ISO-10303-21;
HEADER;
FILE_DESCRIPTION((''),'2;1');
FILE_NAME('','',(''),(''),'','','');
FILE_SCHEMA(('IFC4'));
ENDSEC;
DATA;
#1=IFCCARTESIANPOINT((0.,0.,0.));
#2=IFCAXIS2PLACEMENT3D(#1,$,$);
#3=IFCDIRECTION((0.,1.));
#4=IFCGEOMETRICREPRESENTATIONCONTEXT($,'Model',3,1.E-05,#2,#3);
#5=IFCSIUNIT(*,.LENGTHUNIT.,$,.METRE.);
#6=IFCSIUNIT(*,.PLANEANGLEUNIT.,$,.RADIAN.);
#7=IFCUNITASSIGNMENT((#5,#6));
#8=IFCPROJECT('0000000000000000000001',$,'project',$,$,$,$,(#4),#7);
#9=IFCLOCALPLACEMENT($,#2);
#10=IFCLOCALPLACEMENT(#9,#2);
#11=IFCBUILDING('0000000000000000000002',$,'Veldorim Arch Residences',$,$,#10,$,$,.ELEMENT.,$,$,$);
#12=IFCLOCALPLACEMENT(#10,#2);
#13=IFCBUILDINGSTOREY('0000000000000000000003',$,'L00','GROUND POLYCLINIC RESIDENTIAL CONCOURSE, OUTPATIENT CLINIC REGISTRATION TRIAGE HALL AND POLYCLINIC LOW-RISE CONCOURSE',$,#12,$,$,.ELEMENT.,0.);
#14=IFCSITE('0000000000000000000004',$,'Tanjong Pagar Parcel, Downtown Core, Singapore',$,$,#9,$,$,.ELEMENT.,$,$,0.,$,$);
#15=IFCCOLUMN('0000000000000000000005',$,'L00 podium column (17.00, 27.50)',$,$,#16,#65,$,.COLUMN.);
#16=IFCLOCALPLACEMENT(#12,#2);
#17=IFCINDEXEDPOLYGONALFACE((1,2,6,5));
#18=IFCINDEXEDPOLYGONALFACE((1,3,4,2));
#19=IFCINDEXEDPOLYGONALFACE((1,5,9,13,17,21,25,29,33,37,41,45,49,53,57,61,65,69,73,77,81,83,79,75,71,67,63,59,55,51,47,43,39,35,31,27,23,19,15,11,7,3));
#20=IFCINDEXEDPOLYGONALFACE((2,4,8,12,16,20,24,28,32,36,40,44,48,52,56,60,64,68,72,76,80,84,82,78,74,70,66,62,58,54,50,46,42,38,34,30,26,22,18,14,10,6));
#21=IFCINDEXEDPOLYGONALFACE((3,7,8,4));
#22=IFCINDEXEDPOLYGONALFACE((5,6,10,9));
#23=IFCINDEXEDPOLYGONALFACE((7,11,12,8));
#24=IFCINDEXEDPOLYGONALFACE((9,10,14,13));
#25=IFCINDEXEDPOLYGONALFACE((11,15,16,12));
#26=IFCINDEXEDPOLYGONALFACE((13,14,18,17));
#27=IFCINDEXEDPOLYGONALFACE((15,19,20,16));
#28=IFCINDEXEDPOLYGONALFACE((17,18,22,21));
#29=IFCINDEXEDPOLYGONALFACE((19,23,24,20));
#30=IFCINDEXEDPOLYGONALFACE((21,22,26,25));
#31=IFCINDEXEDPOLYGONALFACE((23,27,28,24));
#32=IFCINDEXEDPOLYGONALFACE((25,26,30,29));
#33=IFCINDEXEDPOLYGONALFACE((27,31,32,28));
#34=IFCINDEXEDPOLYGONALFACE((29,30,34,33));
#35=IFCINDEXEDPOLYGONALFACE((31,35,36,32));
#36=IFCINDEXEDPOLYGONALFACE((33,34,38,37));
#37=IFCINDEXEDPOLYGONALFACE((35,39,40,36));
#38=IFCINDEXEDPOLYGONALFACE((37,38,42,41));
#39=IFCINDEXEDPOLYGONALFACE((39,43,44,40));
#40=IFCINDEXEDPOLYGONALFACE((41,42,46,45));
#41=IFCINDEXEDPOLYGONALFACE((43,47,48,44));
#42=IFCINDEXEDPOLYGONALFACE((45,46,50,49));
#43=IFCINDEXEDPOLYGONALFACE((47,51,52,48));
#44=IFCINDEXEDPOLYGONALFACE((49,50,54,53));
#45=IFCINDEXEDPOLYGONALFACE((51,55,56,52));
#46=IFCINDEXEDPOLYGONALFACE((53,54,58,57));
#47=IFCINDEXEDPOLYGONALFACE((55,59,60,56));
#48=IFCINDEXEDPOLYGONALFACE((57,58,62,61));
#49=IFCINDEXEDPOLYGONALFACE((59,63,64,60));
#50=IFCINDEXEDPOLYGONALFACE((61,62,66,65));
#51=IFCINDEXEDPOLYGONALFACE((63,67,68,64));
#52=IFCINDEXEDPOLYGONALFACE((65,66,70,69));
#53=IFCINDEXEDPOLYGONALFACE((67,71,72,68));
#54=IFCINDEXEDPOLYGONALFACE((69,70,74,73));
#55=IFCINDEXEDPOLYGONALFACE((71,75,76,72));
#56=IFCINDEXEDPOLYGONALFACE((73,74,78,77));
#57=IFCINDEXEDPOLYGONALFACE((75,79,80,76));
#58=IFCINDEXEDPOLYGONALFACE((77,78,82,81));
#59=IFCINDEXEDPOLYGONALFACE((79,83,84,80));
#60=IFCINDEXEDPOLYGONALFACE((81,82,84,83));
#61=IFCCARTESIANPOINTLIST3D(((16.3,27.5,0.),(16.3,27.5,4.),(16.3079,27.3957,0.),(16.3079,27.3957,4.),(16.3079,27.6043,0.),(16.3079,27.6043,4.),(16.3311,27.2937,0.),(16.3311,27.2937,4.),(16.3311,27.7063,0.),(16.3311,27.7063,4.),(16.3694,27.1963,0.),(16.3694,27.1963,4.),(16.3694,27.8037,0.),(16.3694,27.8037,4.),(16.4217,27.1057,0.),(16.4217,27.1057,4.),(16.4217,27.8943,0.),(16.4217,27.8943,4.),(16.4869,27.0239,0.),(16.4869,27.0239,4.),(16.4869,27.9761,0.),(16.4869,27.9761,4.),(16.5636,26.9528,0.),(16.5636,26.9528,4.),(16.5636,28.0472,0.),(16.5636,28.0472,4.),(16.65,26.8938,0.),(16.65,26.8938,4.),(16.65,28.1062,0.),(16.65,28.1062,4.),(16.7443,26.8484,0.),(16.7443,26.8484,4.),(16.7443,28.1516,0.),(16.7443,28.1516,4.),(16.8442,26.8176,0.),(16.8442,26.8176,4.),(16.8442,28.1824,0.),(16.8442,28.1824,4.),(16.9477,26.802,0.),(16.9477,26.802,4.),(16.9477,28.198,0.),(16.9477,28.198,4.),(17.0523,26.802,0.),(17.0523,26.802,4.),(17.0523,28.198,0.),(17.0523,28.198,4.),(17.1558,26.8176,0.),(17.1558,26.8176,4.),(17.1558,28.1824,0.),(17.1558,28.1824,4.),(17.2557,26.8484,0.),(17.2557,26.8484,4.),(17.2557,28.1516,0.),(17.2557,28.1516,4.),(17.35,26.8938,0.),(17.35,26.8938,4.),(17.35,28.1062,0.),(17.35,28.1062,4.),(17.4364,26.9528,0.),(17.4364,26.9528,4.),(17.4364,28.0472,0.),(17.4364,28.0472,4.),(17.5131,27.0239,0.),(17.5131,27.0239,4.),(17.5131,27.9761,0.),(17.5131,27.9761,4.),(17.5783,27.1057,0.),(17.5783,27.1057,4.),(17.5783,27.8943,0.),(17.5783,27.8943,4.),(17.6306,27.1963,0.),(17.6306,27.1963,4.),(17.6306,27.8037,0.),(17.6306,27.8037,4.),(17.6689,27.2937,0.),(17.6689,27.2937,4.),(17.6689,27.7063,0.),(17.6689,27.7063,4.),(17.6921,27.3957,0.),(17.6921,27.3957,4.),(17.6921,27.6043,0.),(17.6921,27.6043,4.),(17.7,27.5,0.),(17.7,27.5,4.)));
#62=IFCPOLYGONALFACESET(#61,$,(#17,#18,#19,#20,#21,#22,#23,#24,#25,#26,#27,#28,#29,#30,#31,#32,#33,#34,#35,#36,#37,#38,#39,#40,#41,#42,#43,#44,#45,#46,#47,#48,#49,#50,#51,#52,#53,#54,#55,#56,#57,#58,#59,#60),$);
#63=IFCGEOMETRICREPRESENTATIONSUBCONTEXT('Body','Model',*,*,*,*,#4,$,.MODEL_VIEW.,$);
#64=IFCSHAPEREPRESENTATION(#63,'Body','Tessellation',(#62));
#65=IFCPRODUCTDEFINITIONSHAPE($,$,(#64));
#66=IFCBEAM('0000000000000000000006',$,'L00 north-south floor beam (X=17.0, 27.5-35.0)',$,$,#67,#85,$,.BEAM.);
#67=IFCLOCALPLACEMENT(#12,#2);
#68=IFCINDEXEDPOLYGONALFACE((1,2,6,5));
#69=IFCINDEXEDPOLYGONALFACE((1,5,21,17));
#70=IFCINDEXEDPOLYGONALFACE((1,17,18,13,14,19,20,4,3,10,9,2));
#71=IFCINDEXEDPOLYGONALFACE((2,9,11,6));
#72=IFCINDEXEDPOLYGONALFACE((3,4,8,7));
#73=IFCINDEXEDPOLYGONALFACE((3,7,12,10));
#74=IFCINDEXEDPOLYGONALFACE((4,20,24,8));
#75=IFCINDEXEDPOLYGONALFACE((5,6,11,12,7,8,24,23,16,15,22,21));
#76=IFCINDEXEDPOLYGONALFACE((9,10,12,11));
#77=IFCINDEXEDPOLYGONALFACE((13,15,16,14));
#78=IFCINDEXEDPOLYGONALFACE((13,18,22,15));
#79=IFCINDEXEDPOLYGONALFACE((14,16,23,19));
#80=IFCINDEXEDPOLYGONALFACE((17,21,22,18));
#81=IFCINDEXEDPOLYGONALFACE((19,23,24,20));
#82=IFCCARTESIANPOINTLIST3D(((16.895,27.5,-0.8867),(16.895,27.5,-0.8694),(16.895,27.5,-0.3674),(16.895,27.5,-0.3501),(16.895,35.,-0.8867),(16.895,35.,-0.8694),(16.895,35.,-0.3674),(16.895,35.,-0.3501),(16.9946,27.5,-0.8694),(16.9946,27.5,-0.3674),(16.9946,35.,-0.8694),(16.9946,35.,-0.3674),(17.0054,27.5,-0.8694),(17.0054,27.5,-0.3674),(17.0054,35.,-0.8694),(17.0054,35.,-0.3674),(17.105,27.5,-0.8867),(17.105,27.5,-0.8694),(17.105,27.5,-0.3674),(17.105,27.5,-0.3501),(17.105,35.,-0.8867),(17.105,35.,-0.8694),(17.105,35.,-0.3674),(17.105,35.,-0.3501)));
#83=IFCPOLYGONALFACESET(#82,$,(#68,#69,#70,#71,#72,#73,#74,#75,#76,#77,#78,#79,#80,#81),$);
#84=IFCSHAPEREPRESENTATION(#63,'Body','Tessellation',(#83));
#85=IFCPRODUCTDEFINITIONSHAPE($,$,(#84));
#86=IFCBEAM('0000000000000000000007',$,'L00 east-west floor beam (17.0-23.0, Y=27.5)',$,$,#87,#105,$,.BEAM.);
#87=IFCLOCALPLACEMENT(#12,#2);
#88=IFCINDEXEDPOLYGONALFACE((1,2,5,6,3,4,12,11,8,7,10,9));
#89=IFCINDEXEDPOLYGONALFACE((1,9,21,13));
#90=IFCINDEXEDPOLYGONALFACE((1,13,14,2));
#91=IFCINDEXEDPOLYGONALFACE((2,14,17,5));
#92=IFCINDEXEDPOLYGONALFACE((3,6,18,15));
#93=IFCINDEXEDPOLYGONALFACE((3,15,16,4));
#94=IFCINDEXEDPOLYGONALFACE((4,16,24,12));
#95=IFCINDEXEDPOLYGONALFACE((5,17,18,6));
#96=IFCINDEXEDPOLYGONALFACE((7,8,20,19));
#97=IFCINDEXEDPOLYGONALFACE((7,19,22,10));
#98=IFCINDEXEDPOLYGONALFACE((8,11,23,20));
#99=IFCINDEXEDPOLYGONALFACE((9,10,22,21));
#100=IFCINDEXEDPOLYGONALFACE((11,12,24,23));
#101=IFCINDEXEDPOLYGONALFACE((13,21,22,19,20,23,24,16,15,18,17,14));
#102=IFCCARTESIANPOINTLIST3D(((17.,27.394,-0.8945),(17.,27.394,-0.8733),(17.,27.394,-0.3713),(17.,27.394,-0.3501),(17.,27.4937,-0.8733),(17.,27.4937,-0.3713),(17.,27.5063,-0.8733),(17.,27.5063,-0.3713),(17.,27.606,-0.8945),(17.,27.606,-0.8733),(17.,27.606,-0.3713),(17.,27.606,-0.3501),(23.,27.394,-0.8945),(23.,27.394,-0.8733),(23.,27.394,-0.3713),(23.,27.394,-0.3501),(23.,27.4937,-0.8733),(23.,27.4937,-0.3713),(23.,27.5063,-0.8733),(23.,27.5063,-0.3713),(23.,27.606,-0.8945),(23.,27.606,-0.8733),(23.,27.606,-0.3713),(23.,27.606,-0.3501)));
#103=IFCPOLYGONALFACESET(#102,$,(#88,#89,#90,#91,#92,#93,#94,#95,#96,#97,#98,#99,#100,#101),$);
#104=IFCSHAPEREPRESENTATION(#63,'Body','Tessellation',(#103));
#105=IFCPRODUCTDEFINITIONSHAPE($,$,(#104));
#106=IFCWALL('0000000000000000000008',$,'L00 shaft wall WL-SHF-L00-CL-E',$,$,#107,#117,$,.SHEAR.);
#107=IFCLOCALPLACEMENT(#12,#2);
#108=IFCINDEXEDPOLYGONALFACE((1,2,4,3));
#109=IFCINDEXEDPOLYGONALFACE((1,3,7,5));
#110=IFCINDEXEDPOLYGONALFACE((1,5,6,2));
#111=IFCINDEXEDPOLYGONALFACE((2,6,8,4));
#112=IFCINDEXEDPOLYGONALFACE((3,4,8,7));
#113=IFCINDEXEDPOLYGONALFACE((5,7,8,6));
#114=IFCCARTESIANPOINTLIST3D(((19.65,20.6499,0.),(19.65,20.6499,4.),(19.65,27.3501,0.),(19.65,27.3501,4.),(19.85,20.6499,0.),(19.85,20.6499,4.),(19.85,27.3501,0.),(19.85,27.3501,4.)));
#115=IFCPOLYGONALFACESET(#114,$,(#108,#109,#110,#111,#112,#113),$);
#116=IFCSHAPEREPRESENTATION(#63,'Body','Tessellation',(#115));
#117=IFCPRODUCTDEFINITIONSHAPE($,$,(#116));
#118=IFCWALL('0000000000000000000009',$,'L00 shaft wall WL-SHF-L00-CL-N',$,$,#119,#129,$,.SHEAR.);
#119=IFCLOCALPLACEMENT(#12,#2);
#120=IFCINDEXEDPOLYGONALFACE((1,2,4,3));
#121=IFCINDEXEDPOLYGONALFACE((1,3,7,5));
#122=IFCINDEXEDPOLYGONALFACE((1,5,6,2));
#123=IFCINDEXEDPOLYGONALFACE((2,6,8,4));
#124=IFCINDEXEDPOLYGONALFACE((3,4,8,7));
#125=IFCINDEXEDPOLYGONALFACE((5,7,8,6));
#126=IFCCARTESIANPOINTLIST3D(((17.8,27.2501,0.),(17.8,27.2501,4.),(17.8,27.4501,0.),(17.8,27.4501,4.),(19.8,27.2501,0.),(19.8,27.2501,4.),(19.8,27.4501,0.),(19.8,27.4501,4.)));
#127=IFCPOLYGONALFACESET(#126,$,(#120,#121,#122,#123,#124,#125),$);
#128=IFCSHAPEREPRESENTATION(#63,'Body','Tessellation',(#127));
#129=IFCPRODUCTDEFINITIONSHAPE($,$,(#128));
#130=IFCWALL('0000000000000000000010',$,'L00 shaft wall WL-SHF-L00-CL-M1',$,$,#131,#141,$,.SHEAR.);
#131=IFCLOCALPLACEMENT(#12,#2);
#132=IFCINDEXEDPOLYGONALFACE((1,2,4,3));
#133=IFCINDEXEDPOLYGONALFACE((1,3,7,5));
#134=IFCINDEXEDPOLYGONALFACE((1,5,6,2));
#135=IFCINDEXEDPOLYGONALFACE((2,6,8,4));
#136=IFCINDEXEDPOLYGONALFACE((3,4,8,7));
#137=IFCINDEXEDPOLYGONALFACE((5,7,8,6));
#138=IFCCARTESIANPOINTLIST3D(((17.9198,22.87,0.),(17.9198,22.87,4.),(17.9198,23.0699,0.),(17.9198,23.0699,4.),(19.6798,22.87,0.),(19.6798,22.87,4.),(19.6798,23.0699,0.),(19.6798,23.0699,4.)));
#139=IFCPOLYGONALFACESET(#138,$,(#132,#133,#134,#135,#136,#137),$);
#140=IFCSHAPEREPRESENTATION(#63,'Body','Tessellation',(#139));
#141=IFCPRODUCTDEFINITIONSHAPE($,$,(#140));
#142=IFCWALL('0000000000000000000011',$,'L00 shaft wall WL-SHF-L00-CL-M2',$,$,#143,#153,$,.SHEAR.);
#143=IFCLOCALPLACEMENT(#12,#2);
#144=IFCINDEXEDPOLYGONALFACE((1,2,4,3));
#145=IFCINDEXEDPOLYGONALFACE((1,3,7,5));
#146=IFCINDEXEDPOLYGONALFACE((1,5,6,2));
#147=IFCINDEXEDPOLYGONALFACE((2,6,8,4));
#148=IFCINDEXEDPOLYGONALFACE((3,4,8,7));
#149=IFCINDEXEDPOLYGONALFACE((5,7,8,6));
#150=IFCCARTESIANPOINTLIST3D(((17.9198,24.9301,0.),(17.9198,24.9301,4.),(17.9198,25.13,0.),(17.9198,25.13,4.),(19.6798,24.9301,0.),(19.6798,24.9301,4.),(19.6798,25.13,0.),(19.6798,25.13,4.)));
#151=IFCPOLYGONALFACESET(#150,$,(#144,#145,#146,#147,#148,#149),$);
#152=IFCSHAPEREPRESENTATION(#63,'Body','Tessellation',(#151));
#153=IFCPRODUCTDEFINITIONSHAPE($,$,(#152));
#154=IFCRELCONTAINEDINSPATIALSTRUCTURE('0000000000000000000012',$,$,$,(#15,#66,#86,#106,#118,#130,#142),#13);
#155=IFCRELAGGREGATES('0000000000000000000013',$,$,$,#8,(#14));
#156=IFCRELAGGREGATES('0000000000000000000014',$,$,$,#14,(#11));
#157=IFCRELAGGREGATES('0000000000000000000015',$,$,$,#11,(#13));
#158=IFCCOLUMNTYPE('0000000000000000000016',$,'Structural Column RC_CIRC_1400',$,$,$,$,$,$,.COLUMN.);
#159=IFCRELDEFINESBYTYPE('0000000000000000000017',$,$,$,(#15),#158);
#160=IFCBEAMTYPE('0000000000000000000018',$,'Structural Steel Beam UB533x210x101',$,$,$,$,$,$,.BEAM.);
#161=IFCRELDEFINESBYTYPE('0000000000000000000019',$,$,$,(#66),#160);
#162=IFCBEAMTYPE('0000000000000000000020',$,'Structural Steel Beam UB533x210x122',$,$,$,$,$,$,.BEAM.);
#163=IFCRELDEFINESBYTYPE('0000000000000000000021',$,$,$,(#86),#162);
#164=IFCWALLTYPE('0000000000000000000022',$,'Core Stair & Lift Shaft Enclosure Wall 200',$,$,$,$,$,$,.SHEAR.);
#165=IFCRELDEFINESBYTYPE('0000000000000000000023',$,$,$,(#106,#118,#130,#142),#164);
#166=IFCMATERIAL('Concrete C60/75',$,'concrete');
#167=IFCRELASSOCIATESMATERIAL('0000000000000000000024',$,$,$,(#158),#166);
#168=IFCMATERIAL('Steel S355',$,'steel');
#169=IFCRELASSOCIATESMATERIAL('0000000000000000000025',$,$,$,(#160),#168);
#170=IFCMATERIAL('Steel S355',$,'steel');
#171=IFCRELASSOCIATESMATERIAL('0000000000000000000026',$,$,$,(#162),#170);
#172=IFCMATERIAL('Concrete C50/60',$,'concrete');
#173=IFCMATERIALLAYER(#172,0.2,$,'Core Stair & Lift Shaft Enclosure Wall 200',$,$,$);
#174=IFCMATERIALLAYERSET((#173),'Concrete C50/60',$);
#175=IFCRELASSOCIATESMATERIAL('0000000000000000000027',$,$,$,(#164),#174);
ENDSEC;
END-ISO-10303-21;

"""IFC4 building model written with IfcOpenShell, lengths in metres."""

from ifc_helpers import new_model, si_unit, direction, frame, frame_2d, origin, origin_2d, place, context, subcontext, project, spatial, rectangle, circle, i_section, extrude, material, layer, layer_set, material_profile, profile_set, type_object, element, save


model = new_model("IFC4")

# Units and contexts
model_context = context("Model", 3, precision=1e-05, world=origin(), true_north=direction((0.0, 1.0)))
body_context = subcontext(model_context, "Body", "Model", "MODEL_VIEW")
ifc_project = project(units=[si_unit("LENGTHUNIT", "METRE"), si_unit("PLANEANGLEUNIT", "RADIAN")], contexts=[model_context])

# Site, building, storey
site_placement = place(None, origin())
site = spatial("IfcSite", under=ifc_project, at=site_placement, Name="Tanjong Pagar Parcel, Downtown Core, Singapore", CompositionType="ELEMENT", RefElevation=0.0)
building_placement = place(site_placement, origin())
building = spatial("IfcBuilding", under=site, at=building_placement, Name="Veldorim Arch Residences", CompositionType="ELEMENT")
storey_placement = place(building_placement, origin())
storey = spatial("IfcBuildingStorey", under=building, at=storey_placement, Name="L00", Description="GROUND POLYCLINIC RESIDENTIAL CONCOURSE, OUTPATIENT CLINIC REGISTRATION TRIAGE HALL AND POLYCLINIC LOW-RISE CONCOURSE", CompositionType="ELEMENT", Elevation=0.0)

# Column
ifc_material_1 = material(Name="Concrete C60/75", Category="concrete")
ifc_material_profile_1 = material_profile(ifc_material_1, circle(Radius=0.7, at=origin_2d()), Name="RC_CIRC_1400")
ifc_profile_set_1 = profile_set([ifc_material_profile_1], Name="Concrete C60/75")
column_type = type_object("IfcColumnType", Name="Structural Column RC_CIRC_1400", PredefinedType="COLUMN", material=ifc_profile_set_1)
column_placement = place(storey_placement, frame((17.0, 27.5, 0.0), z_axis=(0.0, 0.0, 1.0), x_axis=(1.0, 0.0, 0.0)))
element("IfcColumn", 1, at=column_placement, inside=storey, type_object=column_type, Name="L00 podium column (17.00, 27.50)", PredefinedType="COLUMN", context=body_context, shape_type="SweptSolid", body=[
    extrude(circle(Radius=0.7, at=origin_2d()), origin(), (0.0, 0.0, 1.0), 4.0),
])

# Beams
ifc_material_2 = material(Name="Steel S355", Category="steel")
ifc_material_profile_2 = material_profile(ifc_material_2, i_section(OverallWidth=0.21, OverallDepth=0.5366, WebThickness=0.0107, FlangeThickness=0.0173, at=origin_2d()), Name="UB533x210x101")
ifc_profile_set_2 = profile_set([ifc_material_profile_2], Name="Steel S355")
beam_type_1 = type_object("IfcBeamType", Name="Structural Steel Beam UB533x210x101", PredefinedType="BEAM", material=ifc_profile_set_2)
beam_1_placement = place(storey_placement, frame((17.0, 27.5, -0.6184), z_axis=(0.0, 1.0, 0.0), x_axis=(-1.0, 0.0, 0.0)))
element("IfcBeam", 2, at=beam_1_placement, inside=storey, type_object=beam_type_1, Name="L00 north-south floor beam (X=17.0, 27.5-35.0)", PredefinedType="BEAM", context=body_context, shape_type="SweptSolid", body=[
    extrude(i_section(OverallWidth=0.21, OverallDepth=0.5366, WebThickness=0.0107, FlangeThickness=0.0173, at=origin_2d()), origin(), (0.0, 0.0, 1.0), 7.5),
])
ifc_material_3 = material(Name="Steel S355", Category="steel")
ifc_material_profile_3 = material_profile(ifc_material_3, i_section(OverallWidth=0.2119, OverallDepth=0.5444, WebThickness=0.0127, FlangeThickness=0.0212, at=origin_2d()), Name="UB533x210x122")
ifc_profile_set_3 = profile_set([ifc_material_profile_3], Name="Steel S355")
beam_type_2 = type_object("IfcBeamType", Name="Structural Steel Beam UB533x210x122", PredefinedType="BEAM", material=ifc_profile_set_3)
beam_2_placement = place(storey_placement, frame((17.0, 27.5, -0.6223), z_axis=(1.0, 0.0, 0.0), x_axis=(0.0, 1.0, 0.0)))
element("IfcBeam", 3, at=beam_2_placement, inside=storey, type_object=beam_type_2, Name="L00 east-west floor beam (17.0-23.0, Y=27.5)", PredefinedType="BEAM", context=body_context, shape_type="SweptSolid", body=[
    extrude(i_section(OverallWidth=0.2119, OverallDepth=0.5444, WebThickness=0.0127, FlangeThickness=0.0212, at=origin_2d()), origin(), (0.0, 0.0, 1.0), 6.0),
])

# Shared definitions
ifc_material_4 = material(Name="Concrete C50/60", Category="concrete")
ifc_layer_1 = layer(ifc_material_4, 0.2, Name="Core Stair & Lift Shaft Enclosure Wall 200")
ifc_layer_set_1 = layer_set([ifc_layer_1], Name="Concrete C50/60")
wall_type_1 = type_object("IfcWallType", Name="Core Stair & Lift Shaft Enclosure Wall 200", PredefinedType="SHEAR", material=ifc_layer_set_1)

# Walls
wall_1_placement = place(storey_placement, frame((19.75, 20.6499, 0.0), z_axis=(0.0, 0.0, 1.0), x_axis=(0.0, 1.0, 0.0)))
element("IfcWall", 4, at=wall_1_placement, inside=storey, type_object=wall_type_1, Name="L00 shaft wall WL-SHF-L00-CL-E", PredefinedType="SHEAR", context=body_context, shape_type="SweptSolid", body=[
    extrude(rectangle(XDim=6.7002, YDim=0.2, at=frame_2d((3.3501, 0.0))), origin(), (0.0, 0.0, 1.0), 4.0),
])
wall_2_placement = place(storey_placement, frame((17.8, 27.3501, 0.0), z_axis=(0.0, 0.0, 1.0), x_axis=(1.0, 0.0, 0.0)))
element("IfcWall", 5, at=wall_2_placement, inside=storey, type_object=wall_type_1, Name="L00 shaft wall WL-SHF-L00-CL-N", PredefinedType="SHEAR", context=body_context, shape_type="SweptSolid", body=[
    extrude(rectangle(XDim=2.0, YDim=0.2, at=frame_2d((1.0, 0.0))), origin(), (0.0, 0.0, 1.0), 4.0),
])
for number, where, z_axis, x_axis, name in (
    (6, (17.9199, 22.97, 0.0), (0.0, 0.0, 1.0), (1.0, 0.0, 0.0), "L00 shaft wall WL-SHF-L00-CL-M1"),
    (7, (17.9199, 25.03, 0.0), (0.0, 0.0, 1.0), (1.0, 0.0, 0.0), "L00 shaft wall WL-SHF-L00-CL-M2"),
):
    element("IfcWall", number, at=place(storey_placement, frame(where, z_axis=z_axis, x_axis=x_axis)), inside=storey, type_object=wall_type_1, Name=name, PredefinedType="SHEAR", context=body_context, shape_type="SweptSolid", body=[
        extrude(rectangle(XDim=1.76, YDim=0.2, at=frame_2d((0.8799, 0.0))), origin(), (0.0, 0.0, 1.0), 4.0),
    ])

save(model, "model.ifc")
